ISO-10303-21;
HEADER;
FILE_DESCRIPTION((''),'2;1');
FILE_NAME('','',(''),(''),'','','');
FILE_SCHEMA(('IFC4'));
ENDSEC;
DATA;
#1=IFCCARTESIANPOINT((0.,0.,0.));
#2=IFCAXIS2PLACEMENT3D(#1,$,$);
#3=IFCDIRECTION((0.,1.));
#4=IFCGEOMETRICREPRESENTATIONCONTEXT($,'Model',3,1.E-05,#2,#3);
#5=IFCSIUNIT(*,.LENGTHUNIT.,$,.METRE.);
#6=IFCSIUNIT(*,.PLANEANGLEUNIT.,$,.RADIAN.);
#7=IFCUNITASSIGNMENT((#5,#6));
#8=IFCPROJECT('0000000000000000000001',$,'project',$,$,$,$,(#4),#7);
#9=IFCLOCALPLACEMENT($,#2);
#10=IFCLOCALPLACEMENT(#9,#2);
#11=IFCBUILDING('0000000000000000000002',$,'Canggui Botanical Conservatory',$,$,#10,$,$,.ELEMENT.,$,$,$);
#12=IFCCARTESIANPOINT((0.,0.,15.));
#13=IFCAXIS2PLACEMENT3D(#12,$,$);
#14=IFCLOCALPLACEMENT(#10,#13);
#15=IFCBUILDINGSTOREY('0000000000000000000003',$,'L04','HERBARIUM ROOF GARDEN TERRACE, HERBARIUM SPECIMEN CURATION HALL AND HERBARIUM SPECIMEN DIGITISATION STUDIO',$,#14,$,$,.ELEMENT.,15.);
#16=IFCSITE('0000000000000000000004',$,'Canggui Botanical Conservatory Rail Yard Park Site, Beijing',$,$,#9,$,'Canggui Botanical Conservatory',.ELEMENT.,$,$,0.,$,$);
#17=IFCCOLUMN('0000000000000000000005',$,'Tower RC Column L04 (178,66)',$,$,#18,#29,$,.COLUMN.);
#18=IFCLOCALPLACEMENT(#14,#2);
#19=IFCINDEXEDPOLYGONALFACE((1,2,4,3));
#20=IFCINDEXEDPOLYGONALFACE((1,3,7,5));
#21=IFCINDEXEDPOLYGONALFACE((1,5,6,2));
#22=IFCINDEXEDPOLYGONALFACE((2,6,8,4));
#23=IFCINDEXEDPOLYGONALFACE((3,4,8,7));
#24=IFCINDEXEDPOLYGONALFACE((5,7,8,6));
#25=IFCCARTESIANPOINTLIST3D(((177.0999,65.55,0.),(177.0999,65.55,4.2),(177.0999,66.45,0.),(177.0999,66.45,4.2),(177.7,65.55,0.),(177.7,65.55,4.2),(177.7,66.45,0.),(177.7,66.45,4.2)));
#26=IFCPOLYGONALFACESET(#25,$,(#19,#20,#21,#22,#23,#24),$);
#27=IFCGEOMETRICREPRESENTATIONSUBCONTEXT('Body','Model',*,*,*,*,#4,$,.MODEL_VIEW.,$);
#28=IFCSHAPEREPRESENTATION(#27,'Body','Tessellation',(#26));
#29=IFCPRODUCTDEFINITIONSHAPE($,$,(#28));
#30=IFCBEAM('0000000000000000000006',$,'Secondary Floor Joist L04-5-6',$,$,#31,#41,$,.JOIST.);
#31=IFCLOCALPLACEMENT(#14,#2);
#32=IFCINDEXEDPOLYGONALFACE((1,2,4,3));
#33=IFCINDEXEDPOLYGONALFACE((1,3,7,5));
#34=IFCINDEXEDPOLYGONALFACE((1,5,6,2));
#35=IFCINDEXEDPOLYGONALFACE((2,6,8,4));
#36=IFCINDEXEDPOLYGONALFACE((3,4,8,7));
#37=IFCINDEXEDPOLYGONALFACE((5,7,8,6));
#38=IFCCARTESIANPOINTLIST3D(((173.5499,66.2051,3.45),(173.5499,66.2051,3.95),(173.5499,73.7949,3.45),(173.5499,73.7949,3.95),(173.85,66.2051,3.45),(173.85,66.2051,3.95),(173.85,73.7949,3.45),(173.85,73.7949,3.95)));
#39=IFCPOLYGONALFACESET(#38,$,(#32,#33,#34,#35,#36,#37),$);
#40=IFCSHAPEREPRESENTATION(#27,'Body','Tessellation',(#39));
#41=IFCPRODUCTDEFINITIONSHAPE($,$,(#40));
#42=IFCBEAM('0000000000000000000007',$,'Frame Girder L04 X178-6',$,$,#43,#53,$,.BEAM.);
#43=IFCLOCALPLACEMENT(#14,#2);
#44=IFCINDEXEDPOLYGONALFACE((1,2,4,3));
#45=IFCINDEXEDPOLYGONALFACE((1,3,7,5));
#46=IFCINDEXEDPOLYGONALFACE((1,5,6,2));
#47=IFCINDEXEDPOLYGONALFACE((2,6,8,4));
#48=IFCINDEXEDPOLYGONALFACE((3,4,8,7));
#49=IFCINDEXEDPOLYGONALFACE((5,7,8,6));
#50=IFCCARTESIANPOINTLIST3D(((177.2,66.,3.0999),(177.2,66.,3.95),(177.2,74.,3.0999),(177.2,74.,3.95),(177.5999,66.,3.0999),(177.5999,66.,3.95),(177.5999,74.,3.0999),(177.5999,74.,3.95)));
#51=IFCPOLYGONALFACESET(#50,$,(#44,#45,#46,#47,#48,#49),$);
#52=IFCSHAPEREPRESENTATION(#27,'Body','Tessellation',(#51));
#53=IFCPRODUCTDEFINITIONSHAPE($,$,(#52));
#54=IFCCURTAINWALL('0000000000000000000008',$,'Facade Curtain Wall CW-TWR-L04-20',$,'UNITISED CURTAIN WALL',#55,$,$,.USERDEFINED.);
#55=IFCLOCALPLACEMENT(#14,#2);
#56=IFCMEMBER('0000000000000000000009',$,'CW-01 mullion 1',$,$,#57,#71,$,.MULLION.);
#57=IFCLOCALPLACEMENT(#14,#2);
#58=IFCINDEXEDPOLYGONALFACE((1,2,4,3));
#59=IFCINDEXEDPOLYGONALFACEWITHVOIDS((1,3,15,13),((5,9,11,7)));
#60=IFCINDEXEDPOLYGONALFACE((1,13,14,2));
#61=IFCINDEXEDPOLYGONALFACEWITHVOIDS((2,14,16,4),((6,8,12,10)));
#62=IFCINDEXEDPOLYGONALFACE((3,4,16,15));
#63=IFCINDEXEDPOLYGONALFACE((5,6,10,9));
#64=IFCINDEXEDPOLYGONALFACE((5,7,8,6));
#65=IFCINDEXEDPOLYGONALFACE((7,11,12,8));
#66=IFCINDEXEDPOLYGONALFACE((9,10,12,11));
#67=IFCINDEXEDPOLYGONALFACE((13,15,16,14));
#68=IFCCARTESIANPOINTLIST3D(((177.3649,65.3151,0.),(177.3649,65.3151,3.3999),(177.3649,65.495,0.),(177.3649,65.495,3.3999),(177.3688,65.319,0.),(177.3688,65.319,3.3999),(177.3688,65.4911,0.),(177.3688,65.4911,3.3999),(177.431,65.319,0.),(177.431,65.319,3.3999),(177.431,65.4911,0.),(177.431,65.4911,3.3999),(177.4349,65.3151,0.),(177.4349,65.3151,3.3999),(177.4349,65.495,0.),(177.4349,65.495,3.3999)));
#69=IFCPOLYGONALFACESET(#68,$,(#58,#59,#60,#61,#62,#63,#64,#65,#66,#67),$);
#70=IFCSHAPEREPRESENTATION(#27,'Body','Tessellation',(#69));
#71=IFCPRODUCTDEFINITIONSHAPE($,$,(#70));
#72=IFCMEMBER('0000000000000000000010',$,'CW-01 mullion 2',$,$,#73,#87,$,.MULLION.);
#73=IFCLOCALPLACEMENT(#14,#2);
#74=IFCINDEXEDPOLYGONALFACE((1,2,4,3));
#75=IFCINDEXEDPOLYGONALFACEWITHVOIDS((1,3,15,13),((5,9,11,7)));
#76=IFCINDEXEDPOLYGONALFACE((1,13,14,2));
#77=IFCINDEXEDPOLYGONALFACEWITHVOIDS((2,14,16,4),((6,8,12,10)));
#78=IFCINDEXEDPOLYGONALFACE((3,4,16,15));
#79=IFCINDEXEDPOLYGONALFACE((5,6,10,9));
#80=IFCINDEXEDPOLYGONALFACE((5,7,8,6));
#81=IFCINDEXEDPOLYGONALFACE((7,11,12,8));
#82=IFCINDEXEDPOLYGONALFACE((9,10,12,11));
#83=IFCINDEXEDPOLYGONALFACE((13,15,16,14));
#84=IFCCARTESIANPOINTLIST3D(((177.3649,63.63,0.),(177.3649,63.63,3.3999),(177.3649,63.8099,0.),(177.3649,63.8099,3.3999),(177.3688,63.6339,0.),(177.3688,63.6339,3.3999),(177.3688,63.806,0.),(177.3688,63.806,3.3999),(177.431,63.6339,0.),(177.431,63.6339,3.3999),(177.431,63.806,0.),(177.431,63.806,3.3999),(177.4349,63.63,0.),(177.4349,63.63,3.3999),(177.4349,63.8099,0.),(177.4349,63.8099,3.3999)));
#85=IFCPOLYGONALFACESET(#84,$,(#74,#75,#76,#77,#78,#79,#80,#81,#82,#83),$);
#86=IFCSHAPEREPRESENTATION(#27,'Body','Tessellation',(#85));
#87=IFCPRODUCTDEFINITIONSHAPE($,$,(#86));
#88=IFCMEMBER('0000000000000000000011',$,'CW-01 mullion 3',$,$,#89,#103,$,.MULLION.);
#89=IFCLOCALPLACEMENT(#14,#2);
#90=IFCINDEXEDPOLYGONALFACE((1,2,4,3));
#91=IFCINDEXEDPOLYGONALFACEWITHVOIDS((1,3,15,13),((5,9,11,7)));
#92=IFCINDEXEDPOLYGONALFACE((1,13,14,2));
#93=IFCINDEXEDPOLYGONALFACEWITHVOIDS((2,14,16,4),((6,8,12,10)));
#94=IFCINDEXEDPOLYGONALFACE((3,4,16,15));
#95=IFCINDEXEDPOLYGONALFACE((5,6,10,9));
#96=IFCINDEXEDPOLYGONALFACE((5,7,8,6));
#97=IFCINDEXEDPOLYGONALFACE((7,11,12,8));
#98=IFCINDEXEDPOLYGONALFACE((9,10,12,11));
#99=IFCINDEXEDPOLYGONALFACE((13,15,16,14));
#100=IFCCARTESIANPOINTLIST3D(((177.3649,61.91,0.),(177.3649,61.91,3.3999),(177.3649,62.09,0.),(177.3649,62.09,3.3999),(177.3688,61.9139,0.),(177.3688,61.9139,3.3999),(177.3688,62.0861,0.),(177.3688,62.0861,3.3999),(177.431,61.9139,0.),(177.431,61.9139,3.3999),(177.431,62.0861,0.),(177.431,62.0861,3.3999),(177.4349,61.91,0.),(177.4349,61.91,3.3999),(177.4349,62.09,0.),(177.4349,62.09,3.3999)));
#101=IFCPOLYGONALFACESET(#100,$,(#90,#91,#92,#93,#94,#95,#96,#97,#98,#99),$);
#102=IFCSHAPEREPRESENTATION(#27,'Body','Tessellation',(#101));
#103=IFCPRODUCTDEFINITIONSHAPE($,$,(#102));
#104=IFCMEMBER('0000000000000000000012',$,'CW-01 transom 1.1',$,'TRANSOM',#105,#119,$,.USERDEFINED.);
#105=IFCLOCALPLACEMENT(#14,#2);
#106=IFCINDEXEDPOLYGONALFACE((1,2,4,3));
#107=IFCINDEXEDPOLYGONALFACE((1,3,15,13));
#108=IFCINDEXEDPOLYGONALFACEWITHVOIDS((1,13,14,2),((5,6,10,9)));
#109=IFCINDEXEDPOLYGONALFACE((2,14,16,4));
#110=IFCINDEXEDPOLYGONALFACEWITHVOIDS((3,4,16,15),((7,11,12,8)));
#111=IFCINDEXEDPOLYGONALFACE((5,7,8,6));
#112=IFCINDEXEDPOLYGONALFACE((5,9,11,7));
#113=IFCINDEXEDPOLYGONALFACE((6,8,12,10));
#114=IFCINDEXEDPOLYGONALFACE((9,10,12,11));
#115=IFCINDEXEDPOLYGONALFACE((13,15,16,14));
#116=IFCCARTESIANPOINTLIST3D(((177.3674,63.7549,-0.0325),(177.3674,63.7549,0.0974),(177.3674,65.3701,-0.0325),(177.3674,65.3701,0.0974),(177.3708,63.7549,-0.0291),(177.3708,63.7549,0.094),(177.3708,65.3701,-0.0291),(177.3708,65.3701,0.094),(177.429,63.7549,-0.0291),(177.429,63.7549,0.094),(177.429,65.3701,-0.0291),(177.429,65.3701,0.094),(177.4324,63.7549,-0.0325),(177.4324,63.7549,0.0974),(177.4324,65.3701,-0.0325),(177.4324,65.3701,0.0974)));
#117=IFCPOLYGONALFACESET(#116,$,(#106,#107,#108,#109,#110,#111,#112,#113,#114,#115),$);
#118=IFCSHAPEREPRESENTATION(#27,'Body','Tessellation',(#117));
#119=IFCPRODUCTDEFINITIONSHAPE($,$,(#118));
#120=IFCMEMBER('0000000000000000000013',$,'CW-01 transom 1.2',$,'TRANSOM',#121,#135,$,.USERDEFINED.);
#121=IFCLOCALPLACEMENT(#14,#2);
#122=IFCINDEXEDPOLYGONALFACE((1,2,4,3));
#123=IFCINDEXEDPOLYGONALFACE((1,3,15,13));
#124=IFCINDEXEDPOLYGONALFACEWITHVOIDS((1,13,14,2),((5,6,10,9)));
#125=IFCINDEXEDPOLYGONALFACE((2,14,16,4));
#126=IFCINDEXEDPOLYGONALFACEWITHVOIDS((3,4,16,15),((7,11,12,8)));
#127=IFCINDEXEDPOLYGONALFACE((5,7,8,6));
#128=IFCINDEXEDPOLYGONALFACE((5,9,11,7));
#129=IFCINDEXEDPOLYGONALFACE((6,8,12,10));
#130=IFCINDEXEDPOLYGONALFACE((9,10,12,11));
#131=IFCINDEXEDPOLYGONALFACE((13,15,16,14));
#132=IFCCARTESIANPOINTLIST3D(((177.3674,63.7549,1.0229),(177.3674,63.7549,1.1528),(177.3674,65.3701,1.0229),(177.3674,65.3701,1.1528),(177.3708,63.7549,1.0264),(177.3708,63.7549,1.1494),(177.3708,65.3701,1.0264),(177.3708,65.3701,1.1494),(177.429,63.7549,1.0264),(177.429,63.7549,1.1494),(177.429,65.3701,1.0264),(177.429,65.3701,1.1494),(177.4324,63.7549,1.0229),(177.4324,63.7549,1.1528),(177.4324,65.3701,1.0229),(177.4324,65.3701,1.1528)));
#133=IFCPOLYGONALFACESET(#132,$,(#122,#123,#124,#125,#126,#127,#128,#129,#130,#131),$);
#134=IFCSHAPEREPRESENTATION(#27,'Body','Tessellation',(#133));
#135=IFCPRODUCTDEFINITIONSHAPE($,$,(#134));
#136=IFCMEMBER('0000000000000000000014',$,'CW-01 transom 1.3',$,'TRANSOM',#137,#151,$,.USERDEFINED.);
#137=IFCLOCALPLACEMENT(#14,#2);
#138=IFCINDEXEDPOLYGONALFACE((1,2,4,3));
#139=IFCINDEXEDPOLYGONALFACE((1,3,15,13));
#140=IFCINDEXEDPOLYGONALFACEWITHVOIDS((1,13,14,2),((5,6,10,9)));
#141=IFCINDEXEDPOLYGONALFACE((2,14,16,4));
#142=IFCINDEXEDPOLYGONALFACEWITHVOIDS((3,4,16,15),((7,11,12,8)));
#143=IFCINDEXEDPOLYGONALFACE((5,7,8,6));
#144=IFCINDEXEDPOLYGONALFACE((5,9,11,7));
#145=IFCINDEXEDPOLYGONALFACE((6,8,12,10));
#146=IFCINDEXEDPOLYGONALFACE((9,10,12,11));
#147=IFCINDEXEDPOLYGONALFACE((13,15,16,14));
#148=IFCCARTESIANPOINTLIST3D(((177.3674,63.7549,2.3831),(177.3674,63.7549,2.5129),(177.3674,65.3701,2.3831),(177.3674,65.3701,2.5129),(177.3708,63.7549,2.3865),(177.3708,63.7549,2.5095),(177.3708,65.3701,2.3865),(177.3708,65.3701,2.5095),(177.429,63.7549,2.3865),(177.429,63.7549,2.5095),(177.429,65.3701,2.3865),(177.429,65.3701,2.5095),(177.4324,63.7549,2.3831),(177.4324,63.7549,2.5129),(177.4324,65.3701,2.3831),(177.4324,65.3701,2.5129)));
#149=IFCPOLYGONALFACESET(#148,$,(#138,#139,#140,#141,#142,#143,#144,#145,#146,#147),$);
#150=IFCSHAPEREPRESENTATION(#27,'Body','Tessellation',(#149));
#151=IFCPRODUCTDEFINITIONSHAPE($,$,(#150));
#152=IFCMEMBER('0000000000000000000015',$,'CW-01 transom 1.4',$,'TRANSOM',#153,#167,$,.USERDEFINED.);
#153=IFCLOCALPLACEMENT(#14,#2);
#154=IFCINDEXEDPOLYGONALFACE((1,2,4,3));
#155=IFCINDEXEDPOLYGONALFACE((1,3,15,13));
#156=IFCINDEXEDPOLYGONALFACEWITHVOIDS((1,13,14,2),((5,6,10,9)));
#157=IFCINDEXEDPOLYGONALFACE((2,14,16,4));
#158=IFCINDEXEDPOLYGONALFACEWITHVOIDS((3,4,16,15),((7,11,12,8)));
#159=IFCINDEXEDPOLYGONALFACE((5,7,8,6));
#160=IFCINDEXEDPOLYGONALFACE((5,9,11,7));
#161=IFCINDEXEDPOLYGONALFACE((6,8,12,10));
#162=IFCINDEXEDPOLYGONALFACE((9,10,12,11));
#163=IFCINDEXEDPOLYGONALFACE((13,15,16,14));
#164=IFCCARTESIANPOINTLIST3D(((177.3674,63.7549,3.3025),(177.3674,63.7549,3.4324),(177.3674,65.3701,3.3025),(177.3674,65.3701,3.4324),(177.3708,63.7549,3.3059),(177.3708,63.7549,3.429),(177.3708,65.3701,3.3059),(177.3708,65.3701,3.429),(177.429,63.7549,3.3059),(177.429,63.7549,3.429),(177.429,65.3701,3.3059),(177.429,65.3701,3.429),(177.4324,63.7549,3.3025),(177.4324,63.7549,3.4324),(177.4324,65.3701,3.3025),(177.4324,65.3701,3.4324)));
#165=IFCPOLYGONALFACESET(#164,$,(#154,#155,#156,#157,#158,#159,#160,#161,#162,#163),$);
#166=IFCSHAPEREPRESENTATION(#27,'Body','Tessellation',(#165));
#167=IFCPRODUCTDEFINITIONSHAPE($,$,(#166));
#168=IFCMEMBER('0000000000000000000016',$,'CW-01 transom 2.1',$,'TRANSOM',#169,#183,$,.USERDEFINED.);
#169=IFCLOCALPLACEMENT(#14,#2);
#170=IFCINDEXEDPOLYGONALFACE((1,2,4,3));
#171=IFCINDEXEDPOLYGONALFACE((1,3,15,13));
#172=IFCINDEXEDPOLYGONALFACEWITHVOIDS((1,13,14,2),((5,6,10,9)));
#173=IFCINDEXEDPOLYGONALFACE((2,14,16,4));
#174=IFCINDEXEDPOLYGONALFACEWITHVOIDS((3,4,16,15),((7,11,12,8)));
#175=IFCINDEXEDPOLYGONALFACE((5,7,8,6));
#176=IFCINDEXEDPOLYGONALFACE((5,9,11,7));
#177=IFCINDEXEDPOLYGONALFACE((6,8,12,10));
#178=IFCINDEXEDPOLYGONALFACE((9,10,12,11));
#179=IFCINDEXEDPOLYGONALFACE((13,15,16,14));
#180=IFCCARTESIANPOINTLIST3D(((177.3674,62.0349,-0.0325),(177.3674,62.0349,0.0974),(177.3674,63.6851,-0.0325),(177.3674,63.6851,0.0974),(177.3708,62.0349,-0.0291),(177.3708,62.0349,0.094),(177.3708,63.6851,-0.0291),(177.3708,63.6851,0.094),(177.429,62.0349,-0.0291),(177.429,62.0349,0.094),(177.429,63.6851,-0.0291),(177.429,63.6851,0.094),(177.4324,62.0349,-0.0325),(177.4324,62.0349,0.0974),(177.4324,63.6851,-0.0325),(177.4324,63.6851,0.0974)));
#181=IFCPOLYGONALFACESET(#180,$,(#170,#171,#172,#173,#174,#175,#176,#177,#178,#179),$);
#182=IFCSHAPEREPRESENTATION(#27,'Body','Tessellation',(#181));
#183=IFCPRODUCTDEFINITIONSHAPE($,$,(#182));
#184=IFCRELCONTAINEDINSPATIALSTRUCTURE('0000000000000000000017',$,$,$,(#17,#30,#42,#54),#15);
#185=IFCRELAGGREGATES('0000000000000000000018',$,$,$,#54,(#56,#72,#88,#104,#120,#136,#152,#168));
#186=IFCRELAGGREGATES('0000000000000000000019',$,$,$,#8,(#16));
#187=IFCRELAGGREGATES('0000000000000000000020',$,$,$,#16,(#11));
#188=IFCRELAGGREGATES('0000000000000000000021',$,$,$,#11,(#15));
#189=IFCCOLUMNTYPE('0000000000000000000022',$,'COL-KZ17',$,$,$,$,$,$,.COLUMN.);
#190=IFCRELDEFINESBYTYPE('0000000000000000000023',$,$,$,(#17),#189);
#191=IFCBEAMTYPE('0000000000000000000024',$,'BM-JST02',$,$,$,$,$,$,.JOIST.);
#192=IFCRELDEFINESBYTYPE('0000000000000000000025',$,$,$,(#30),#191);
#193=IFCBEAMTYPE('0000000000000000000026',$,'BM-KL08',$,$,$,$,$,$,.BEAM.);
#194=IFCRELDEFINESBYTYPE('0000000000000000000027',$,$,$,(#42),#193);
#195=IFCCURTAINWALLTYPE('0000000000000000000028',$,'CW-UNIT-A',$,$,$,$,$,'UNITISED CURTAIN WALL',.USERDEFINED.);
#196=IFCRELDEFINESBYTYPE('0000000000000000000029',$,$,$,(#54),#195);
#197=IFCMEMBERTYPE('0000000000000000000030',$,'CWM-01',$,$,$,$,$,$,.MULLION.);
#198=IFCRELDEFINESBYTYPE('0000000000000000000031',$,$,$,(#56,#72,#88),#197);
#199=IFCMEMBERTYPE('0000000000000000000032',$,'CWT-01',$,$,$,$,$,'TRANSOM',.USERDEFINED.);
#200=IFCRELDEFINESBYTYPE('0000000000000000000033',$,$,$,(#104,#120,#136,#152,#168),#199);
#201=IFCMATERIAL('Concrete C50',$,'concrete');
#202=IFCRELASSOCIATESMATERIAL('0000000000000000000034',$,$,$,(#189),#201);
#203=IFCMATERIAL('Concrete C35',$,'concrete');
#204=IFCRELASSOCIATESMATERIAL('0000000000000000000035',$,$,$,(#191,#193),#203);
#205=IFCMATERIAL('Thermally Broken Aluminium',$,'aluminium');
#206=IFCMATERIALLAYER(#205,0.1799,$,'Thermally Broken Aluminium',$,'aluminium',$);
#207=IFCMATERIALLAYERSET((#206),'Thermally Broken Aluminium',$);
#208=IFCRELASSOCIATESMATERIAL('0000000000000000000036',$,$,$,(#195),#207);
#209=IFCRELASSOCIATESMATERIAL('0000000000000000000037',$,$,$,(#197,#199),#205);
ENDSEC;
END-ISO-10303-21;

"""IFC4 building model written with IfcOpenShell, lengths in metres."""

from ifc_helpers import new_model, si_unit, direction, frame, origin, origin_2d, place, context, subcontext, project, spatial, rectangle, hollow_rectangle, extrude, material, layer, layer_set, material_profile, profile_set, type_object, element, aggregate, save


model = new_model("IFC4")

# Units and contexts
model_context = context("Model", 3, precision=1e-05, world=origin(), true_north=direction((0.0, 1.0)))
body_context = subcontext(model_context, "Body", "Model", "MODEL_VIEW")
ifc_project = project(units=[si_unit("LENGTHUNIT", "METRE"), si_unit("PLANEANGLEUNIT", "RADIAN")], contexts=[model_context])

# Site, building, storey
site_placement = place(None, origin())
site = spatial("IfcSite", under=ifc_project, at=site_placement, Name="Canggui Botanical Conservatory Rail Yard Park Site, Beijing", LongName="Canggui Botanical Conservatory", CompositionType="ELEMENT", RefElevation=0.0)
building_placement = place(site_placement, origin())
building = spatial("IfcBuilding", under=site, at=building_placement, Name="Canggui Botanical Conservatory", CompositionType="ELEMENT")
storey_placement = place(building_placement, frame((0.0, 0.0, 15.0)))
storey = spatial("IfcBuildingStorey", under=building, at=storey_placement, Name="L04", Description="HERBARIUM ROOF GARDEN TERRACE, HERBARIUM SPECIMEN CURATION HALL AND HERBARIUM SPECIMEN DIGITISATION STUDIO", CompositionType="ELEMENT", Elevation=15.0)

# Column
ifc_material_1 = material(Name="Concrete C50", Category="concrete")
ifc_material_profile_1 = material_profile(ifc_material_1, rectangle(XDim=0.6001, YDim=0.8999, at=origin_2d()), Name="RC 600x900")
ifc_profile_set_1 = profile_set([ifc_material_profile_1], Name="Concrete C50")
column_type = type_object("IfcColumnType", Name="COL-KZ17", PredefinedType="COLUMN", material=ifc_profile_set_1)
column_placement = place(storey_placement, frame((177.3999, 66.0, 0.0), z_axis=(0.0, 0.0, 1.0), x_axis=(1.0, 0.0, 0.0)))
element("IfcColumn", 1, at=column_placement, inside=storey, type_object=column_type, Name="Tower RC Column L04 (178,66)", PredefinedType="COLUMN", context=body_context, shape_type="SweptSolid", body=[
    extrude(rectangle(XDim=0.6001, YDim=0.8999, at=origin_2d()), origin(), (0.0, 0.0, 1.0), 4.2),
])

# Beams
ifc_material_2 = material(Name="Concrete C35", Category="concrete")
ifc_material_profile_2 = material_profile(ifc_material_2, rectangle(XDim=0.3, YDim=0.5, at=origin_2d()), Name="RB 300x500")
ifc_profile_set_2 = profile_set([ifc_material_profile_2], Name="Concrete C35")
beam_type_1 = type_object("IfcBeamType", Name="BM-JST02", PredefinedType="JOIST", material=ifc_profile_set_2)
beam_1_placement = place(storey_placement, frame((173.7, 66.2051, 3.7), z_axis=(0.0, 1.0, 0.0), x_axis=(-1.0, 0.0, 0.0)))
element("IfcBeam", 2, at=beam_1_placement, inside=storey, type_object=beam_type_1, Name="Secondary Floor Joist L04-5-6", PredefinedType="JOIST", context=body_context, shape_type="SweptSolid", body=[
    extrude(rectangle(XDim=0.3, YDim=0.5, at=origin_2d()), origin(), (0.0, 0.0, 1.0), 7.5898),
])
ifc_material_profile_3 = material_profile(ifc_material_2, rectangle(XDim=0.3999, YDim=0.8501, at=origin_2d()), Name="RB 400x850")
ifc_profile_set_3 = profile_set([ifc_material_profile_3], Name="Concrete C35")
beam_type_2 = type_object("IfcBeamType", Name="BM-KL08", PredefinedType="BEAM", material=ifc_profile_set_3)
beam_2_placement = place(storey_placement, frame((177.3999, 66.0, 3.5249), z_axis=(0.0, 1.0, 0.0), x_axis=(-1.0, 0.0, 0.0)))
element("IfcBeam", 3, at=beam_2_placement, inside=storey, type_object=beam_type_2, Name="Frame Girder L04 X178-6", PredefinedType="BEAM", context=body_context, shape_type="SweptSolid", body=[
    extrude(rectangle(XDim=0.3999, YDim=0.8501, at=origin_2d()), origin(), (0.0, 0.0, 1.0), 8.0),
])

# Curtain wall, members
ifc_material_3 = material(Name="Thermally Broken Aluminium", Category="aluminium")
ifc_layer_1 = layer(ifc_material_3, 0.1799, Name="Thermally Broken Aluminium", Category="aluminium")
ifc_layer_set_1 = layer_set([ifc_layer_1], Name="Thermally Broken Aluminium")
curtain_wall_type = type_object("IfcCurtainWallType", Name="CW-UNIT-A", ElementType="UNITISED CURTAIN WALL", PredefinedType="USERDEFINED", material=ifc_layer_set_1)
curtain_wall_placement = place(storey_placement, origin())
curtain_wall = element("IfcCurtainWall", 4, at=curtain_wall_placement, inside=storey, type_object=curtain_wall_type, Name="Facade Curtain Wall CW-TWR-L04-20", ObjectType="UNITISED CURTAIN WALL", PredefinedType="USERDEFINED")
ifc_material_profile_4 = material_profile(ifc_material_3, hollow_rectangle(XDim=0.0701, YDim=0.1799, WallThickness=0.0039, at=origin_2d()), Name="CWM 70x180x4")
ifc_profile_set_4 = profile_set([ifc_material_profile_4], Name="Thermally Broken Aluminium")
member_type_1 = type_object("IfcMemberType", Name="CWM-01", PredefinedType="MULLION", material=ifc_profile_set_4)
member_1_placement = place(storey_placement, frame((177.3999, 65.405, 0.0), z_axis=(0.0, 0.0, 1.0), x_axis=(1.0, 0.0, 0.0)))
member_1 = element("IfcMember", 5, at=member_1_placement, type_object=member_type_1, Name="CW-01 mullion 1", PredefinedType="MULLION", context=body_context, shape_type="SweptSolid", body=[
    extrude(hollow_rectangle(XDim=0.0701, YDim=0.1799, WallThickness=0.0039, at=origin_2d()), origin(), (0.0, 0.0, 1.0), 3.3999),
])
member_2_placement = place(storey_placement, frame((177.3999, 63.72, 0.0), z_axis=(0.0, 0.0, 1.0), x_axis=(1.0, 0.0, 0.0)))
member_2 = element("IfcMember", 6, at=member_2_placement, type_object=member_type_1, Name="CW-01 mullion 2", PredefinedType="MULLION", context=body_context, shape_type="SweptSolid", body=[
    extrude(hollow_rectangle(XDim=0.0701, YDim=0.1799, WallThickness=0.0039, at=origin_2d()), origin(), (0.0, 0.0, 1.0), 3.3999),
])
member_3_placement = place(storey_placement, frame((177.3999, 62.0, 0.0), z_axis=(0.0, 0.0, 1.0), x_axis=(1.0, 0.0, 0.0)))
member_3 = element("IfcMember", 7, at=member_3_placement, type_object=member_type_1, Name="CW-01 mullion 3", PredefinedType="MULLION", context=body_context, shape_type="SweptSolid", body=[
    extrude(hollow_rectangle(XDim=0.0701, YDim=0.1799, WallThickness=0.0039, at=origin_2d()), origin(), (0.0, 0.0, 1.0), 3.3999),
])
ifc_material_profile_5 = material_profile(ifc_material_3, hollow_rectangle(XDim=0.0649, YDim=0.1299, WallThickness=0.0034, at=origin_2d()), Name="CWT 65x130x3.5")
ifc_profile_set_5 = profile_set([ifc_material_profile_5], Name="Thermally Broken Aluminium")
member_type_2 = type_object("IfcMemberType", Name="CWT-01", ElementType="TRANSOM", PredefinedType="USERDEFINED", material=ifc_profile_set_5)
member_4_placement = place(storey_placement, frame((177.3999, 65.3701, 0.0325), z_axis=(0.0, -1.0, 0.0), x_axis=(1.0, 0.0, 0.0)))
member_4 = element("IfcMember", 8, at=member_4_placement, type_object=member_type_2, Name="CW-01 transom 1.1", ObjectType="TRANSOM", PredefinedType="USERDEFINED", context=body_context, shape_type="SweptSolid", body=[
    extrude(hollow_rectangle(XDim=0.0649, YDim=0.1299, WallThickness=0.0034, at=origin_2d()), origin(), (0.0, 0.0, 1.0), 1.6152),
])
member_5_placement = place(storey_placement, frame((177.3999, 65.3701, 1.0879), z_axis=(0.0, -1.0, 0.0), x_axis=(1.0, 0.0, 0.0)))
member_5 = element("IfcMember", 9, at=member_5_placement, type_object=member_type_2, Name="CW-01 transom 1.2", ObjectType="TRANSOM", PredefinedType="USERDEFINED", context=body_context, shape_type="SweptSolid", body=[
    extrude(hollow_rectangle(XDim=0.0649, YDim=0.1299, WallThickness=0.0034, at=origin_2d()), origin(), (0.0, 0.0, 1.0), 1.6152),
])
member_6_placement = place(storey_placement, frame((177.3999, 65.3701, 2.448), z_axis=(0.0, -1.0, 0.0), x_axis=(1.0, 0.0, 0.0)))
member_6 = element("IfcMember", 10, at=member_6_placement, type_object=member_type_2, Name="CW-01 transom 1.3", ObjectType="TRANSOM", PredefinedType="USERDEFINED", context=body_context, shape_type="SweptSolid", body=[
    extrude(hollow_rectangle(XDim=0.0649, YDim=0.1299, WallThickness=0.0034, at=origin_2d()), origin(), (0.0, 0.0, 1.0), 1.6152),
])
member_7_placement = place(storey_placement, frame((177.3999, 65.3701, 3.3674), z_axis=(0.0, -1.0, 0.0), x_axis=(1.0, 0.0, 0.0)))
member_7 = element("IfcMember", 11, at=member_7_placement, type_object=member_type_2, Name="CW-01 transom 1.4", ObjectType="TRANSOM", PredefinedType="USERDEFINED", context=body_context, shape_type="SweptSolid", body=[
    extrude(hollow_rectangle(XDim=0.0649, YDim=0.1299, WallThickness=0.0034, at=origin_2d()), origin(), (0.0, 0.0, 1.0), 1.6152),
])
member_8_placement = place(storey_placement, frame((177.3999, 63.6851, 0.0325), z_axis=(0.0, -1.0, 0.0), x_axis=(1.0, 0.0, 0.0)))
member_8 = element("IfcMember", 12, at=member_8_placement, type_object=member_type_2, Name="CW-01 transom 2.1", ObjectType="TRANSOM", PredefinedType="USERDEFINED", context=body_context, shape_type="SweptSolid", body=[
    extrude(hollow_rectangle(XDim=0.0649, YDim=0.1299, WallThickness=0.0034, at=origin_2d()), origin(), (0.0, 0.0, 1.0), 1.6501),
])
aggregate(curtain_wall, [member_1, member_2, member_3, member_4, member_5, member_6, member_7, member_8])

save(model, "model.ifc")
